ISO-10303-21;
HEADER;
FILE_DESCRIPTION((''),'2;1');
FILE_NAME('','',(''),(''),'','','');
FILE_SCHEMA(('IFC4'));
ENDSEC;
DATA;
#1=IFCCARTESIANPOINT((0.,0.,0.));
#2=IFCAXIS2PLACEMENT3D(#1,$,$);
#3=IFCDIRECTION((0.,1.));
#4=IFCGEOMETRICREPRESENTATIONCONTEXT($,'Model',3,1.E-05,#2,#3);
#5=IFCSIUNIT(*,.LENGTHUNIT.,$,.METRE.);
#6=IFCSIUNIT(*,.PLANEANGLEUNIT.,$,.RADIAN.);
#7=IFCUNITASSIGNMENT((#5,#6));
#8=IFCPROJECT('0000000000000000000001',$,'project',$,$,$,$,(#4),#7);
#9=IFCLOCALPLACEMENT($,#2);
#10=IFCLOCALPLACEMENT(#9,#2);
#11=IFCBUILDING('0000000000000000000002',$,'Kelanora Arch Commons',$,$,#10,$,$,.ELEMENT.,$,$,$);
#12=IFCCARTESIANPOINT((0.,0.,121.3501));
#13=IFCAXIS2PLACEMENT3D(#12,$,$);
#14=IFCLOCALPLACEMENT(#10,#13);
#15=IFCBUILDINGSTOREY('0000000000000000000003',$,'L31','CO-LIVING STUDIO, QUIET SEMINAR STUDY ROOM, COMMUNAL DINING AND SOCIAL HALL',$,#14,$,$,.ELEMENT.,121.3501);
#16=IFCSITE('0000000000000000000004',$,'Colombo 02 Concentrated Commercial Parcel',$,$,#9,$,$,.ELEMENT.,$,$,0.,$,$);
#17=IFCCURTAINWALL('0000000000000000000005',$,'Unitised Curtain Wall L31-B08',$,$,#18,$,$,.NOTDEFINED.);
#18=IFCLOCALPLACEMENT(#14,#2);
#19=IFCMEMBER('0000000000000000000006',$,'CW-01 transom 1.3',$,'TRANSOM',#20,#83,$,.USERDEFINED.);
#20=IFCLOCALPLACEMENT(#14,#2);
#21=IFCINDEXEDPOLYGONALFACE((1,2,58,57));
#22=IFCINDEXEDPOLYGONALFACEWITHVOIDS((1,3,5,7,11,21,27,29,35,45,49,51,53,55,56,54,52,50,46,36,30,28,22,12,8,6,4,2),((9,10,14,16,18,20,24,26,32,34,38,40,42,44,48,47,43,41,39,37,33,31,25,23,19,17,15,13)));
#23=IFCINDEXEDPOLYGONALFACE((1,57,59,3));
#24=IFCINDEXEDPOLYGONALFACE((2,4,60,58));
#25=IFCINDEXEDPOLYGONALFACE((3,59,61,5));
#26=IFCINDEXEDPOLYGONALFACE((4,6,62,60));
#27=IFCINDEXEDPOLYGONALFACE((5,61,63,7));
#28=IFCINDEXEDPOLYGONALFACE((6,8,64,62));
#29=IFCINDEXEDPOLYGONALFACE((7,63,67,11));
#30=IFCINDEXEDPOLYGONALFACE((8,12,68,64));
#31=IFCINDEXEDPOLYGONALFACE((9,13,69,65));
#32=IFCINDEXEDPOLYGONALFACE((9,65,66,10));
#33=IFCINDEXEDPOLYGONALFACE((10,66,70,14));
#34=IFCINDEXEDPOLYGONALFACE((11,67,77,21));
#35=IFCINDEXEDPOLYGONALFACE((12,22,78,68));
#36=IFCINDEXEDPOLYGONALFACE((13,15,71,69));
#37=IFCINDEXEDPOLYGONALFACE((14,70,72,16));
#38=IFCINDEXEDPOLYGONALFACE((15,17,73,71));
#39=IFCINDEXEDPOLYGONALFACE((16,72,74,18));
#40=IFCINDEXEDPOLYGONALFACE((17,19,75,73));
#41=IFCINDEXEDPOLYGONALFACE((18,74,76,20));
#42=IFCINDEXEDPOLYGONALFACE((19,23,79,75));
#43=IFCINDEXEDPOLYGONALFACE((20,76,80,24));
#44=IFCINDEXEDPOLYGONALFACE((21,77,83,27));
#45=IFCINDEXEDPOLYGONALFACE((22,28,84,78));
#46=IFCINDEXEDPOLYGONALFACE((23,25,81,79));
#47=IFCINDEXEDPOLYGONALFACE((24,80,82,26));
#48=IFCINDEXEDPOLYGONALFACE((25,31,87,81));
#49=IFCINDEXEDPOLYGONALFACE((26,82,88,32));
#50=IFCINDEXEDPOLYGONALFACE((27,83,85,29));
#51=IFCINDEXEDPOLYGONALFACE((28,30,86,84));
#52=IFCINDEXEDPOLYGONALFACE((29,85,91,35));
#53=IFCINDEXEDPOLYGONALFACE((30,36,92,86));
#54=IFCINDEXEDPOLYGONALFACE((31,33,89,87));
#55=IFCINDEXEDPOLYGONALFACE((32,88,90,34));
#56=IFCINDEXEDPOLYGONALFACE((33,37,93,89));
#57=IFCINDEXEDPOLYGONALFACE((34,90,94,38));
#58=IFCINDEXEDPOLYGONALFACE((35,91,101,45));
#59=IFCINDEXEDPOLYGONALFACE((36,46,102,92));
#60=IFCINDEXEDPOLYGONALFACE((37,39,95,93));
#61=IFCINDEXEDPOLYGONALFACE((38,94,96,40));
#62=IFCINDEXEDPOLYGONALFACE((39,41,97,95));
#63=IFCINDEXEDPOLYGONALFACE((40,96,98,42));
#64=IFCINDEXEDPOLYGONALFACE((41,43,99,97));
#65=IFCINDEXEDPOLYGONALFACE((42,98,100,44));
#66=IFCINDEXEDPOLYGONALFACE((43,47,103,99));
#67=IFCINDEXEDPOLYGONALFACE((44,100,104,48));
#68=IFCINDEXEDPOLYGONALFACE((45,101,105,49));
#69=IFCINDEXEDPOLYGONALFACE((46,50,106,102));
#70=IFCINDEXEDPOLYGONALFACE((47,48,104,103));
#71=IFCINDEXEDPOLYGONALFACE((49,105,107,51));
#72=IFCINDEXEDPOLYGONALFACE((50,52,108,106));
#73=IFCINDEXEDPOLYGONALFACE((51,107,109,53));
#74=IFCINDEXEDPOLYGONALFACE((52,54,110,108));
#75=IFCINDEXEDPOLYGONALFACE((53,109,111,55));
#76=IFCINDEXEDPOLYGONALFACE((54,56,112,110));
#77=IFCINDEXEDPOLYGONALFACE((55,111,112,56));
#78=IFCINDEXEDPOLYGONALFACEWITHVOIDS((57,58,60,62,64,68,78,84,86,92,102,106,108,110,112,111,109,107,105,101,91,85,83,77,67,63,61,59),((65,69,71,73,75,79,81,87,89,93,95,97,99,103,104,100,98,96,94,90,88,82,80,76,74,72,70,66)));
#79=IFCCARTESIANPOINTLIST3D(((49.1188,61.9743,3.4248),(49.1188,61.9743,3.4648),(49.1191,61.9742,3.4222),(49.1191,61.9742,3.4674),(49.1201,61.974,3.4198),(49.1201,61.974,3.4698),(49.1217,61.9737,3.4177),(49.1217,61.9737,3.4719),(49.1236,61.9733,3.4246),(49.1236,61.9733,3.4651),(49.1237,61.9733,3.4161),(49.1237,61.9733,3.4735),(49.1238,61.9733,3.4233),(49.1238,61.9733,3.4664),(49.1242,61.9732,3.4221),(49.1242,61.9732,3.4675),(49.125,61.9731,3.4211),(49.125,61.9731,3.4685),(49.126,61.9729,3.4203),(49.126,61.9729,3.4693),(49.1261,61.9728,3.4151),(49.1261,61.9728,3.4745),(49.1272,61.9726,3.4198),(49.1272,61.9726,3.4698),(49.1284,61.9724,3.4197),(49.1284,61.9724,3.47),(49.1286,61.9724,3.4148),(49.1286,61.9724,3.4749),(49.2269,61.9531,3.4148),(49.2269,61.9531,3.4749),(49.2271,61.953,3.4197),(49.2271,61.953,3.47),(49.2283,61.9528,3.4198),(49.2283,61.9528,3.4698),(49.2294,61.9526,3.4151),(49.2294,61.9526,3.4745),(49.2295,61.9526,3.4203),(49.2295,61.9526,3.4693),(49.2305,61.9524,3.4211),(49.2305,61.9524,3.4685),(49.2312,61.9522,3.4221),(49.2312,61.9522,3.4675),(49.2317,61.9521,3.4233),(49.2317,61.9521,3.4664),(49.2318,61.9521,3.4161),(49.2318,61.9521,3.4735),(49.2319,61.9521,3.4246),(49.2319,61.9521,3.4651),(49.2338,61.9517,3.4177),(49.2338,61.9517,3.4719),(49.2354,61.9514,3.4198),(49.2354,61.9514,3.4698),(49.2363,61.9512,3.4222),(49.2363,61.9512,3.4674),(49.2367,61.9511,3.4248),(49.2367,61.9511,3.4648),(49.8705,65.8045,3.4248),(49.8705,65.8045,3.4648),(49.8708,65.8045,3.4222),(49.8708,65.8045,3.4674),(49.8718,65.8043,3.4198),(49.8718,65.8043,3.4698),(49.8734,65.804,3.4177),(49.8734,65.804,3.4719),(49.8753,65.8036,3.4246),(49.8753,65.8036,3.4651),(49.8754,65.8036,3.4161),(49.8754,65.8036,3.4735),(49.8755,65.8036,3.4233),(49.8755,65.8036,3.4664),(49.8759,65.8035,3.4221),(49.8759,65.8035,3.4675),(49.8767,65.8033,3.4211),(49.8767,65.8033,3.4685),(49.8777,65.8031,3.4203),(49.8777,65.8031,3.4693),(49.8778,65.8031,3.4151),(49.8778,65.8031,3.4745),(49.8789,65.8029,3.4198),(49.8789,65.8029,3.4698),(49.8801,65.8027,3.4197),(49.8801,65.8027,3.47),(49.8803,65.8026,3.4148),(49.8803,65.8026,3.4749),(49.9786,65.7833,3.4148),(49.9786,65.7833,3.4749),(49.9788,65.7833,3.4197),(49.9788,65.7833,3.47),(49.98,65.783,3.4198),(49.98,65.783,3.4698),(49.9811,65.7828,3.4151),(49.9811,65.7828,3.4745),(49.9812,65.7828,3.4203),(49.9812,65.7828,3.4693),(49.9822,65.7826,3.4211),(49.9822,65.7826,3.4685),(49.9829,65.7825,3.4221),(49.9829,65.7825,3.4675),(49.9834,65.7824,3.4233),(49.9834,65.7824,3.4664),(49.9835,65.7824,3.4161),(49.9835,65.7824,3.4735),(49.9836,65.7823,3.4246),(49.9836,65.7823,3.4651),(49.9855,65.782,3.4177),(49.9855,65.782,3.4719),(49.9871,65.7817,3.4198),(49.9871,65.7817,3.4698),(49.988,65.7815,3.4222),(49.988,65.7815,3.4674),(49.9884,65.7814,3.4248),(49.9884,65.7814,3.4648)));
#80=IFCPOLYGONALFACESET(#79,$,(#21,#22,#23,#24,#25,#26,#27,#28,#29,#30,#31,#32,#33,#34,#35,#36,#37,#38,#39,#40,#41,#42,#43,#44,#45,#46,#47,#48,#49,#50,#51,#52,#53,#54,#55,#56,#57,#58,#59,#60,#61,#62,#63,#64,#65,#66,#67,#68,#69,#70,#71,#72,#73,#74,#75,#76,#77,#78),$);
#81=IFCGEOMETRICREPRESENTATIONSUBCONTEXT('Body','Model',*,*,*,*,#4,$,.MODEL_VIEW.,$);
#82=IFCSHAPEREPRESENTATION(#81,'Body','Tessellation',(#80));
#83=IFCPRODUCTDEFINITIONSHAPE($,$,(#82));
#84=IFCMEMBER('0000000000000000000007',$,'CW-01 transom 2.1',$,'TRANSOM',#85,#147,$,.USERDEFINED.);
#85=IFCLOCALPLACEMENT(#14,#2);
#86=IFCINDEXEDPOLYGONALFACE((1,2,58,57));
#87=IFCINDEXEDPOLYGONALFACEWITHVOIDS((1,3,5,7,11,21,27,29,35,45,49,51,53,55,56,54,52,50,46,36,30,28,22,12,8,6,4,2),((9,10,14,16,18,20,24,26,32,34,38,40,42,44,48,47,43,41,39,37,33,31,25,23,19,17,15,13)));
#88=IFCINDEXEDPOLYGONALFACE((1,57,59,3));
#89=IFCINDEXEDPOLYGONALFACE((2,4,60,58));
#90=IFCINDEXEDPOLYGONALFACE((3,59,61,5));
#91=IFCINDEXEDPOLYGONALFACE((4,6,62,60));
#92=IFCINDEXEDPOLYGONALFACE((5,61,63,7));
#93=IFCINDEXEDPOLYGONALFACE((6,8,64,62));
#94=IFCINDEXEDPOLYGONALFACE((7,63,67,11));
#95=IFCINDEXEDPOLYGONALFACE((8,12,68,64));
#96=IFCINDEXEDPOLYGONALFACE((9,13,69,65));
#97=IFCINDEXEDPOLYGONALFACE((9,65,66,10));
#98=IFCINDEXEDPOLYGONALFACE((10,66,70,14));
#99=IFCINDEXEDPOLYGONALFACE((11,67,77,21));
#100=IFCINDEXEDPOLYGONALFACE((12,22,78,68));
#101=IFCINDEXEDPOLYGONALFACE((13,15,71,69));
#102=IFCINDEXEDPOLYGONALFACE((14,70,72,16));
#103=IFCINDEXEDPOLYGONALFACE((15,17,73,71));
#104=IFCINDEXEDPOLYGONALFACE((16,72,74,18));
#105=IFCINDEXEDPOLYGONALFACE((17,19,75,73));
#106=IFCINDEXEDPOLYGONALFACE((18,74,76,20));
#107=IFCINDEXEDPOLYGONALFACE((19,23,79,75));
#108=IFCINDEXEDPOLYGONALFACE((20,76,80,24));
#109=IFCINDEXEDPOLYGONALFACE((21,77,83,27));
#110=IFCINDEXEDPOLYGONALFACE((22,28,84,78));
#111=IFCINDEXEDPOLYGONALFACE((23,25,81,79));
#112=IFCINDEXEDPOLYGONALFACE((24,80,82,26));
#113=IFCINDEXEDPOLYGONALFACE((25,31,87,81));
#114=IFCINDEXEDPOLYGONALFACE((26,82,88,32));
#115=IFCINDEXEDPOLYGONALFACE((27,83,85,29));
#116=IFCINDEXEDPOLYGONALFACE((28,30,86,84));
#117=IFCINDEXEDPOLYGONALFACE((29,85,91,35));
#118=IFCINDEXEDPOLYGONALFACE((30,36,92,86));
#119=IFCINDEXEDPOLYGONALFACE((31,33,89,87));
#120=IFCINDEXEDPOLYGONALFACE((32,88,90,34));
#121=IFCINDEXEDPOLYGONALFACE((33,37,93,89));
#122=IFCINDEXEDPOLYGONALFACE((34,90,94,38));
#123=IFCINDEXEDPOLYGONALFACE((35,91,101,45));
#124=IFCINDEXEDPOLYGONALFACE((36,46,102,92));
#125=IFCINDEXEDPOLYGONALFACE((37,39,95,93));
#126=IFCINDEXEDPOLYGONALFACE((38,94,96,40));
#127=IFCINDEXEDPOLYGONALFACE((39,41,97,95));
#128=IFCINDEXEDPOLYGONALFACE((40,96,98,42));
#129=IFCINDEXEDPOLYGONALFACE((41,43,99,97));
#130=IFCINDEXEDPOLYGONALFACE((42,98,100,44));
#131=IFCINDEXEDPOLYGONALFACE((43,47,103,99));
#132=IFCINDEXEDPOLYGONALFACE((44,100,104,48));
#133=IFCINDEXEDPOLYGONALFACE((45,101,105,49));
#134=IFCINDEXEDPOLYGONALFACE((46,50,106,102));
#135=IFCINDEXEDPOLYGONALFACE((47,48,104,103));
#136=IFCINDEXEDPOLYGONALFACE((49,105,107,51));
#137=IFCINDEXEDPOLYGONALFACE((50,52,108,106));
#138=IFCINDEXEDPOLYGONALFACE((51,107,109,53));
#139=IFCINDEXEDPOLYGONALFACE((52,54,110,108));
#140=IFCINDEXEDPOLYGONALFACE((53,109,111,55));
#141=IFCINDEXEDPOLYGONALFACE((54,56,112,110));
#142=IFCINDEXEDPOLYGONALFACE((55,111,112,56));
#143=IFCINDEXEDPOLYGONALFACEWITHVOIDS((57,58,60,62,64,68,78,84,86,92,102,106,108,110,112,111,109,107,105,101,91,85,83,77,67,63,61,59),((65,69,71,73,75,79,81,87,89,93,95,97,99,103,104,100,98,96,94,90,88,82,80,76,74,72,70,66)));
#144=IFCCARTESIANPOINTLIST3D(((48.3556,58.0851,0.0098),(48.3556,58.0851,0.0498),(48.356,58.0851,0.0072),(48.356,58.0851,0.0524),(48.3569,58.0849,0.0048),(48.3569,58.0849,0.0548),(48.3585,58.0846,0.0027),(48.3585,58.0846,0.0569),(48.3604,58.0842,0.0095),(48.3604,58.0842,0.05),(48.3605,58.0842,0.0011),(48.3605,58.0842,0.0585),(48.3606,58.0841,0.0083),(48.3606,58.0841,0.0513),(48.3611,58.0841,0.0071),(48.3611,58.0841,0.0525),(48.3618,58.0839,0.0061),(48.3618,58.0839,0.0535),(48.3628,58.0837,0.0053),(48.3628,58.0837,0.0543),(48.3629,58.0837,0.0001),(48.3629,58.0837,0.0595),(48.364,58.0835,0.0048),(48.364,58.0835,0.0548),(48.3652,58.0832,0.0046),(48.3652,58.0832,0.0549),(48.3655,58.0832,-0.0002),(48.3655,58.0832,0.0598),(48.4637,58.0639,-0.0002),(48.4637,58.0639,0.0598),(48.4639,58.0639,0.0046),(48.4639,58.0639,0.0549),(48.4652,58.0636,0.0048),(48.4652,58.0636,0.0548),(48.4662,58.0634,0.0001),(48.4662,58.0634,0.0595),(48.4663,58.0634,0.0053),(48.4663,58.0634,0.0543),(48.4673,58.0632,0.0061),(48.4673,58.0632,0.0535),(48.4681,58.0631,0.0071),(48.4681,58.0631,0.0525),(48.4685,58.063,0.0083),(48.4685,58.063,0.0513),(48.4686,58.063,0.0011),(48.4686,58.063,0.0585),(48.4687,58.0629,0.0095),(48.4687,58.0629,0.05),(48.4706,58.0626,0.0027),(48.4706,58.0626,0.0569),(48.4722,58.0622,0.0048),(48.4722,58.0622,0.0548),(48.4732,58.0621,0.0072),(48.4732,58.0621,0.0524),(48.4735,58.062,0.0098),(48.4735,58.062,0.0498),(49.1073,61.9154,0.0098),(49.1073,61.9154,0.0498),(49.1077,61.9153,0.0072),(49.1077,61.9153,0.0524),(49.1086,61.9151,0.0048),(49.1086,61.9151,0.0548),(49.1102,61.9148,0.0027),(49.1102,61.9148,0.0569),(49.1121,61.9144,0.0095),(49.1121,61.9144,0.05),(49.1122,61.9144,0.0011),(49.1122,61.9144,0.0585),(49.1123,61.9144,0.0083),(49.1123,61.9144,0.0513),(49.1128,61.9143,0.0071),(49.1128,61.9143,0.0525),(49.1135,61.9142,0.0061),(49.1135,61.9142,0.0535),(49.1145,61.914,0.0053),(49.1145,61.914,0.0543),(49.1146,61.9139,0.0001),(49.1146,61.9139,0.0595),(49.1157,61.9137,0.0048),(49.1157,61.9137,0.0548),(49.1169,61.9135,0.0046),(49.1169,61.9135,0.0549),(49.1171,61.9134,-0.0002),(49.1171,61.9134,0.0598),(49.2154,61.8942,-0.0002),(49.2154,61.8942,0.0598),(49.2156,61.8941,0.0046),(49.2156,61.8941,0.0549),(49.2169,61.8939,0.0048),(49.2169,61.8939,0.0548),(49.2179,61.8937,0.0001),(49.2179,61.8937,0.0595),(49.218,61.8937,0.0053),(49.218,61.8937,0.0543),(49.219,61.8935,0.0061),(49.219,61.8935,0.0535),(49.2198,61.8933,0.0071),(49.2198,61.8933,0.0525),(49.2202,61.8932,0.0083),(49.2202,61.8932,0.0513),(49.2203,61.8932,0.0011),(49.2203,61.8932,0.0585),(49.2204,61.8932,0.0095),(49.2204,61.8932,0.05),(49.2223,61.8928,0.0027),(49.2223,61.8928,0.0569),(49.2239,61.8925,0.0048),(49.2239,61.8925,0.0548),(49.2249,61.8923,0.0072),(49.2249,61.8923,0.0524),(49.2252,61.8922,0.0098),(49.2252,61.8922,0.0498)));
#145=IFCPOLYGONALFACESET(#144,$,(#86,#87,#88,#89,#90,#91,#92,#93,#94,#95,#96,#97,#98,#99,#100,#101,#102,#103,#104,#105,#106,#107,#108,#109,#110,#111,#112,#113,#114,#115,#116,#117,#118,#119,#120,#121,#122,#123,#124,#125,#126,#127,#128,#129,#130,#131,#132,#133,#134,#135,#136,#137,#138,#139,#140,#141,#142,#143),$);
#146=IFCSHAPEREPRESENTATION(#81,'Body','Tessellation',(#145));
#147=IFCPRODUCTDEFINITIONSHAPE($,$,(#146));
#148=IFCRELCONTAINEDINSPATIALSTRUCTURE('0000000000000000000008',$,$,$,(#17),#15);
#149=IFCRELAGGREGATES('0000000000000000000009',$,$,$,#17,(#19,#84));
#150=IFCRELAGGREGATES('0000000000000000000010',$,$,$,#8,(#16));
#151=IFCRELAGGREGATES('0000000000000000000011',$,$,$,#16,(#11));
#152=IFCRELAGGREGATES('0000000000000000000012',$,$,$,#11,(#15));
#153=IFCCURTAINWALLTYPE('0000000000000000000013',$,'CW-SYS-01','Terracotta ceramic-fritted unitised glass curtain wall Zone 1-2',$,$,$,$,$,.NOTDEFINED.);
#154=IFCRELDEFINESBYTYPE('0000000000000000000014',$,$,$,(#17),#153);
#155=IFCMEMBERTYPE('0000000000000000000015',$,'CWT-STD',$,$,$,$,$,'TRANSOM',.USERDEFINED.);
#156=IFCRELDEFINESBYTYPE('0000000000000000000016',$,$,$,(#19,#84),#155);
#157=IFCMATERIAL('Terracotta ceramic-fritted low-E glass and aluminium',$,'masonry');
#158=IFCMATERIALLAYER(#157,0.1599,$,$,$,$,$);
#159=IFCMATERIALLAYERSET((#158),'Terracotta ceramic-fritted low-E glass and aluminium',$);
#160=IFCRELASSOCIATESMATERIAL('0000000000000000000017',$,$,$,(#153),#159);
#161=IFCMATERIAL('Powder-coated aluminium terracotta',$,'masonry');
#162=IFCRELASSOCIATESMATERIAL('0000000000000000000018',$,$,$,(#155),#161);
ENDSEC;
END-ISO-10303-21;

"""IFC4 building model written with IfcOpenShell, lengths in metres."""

from ifc_helpers import new_model, si_unit, direction, frame, origin, origin_2d, place, context, subcontext, project, spatial, hollow_rectangle, extrude, material, layer, layer_set, material_profile, profile_set, type_object, element, aggregate, save


model = new_model("IFC4")

# Units and contexts
model_context = context("Model", 3, precision=1e-05, world=origin(), true_north=direction((0.0, 1.0)))
body_context = subcontext(model_context, "Body", "Model", "MODEL_VIEW")
ifc_project = project(units=[si_unit("LENGTHUNIT", "METRE"), si_unit("PLANEANGLEUNIT", "RADIAN")], contexts=[model_context])

# Site, building, storey
site_placement = place(None, origin())
site = spatial("IfcSite", under=ifc_project, at=site_placement, Name="Colombo 02 Concentrated Commercial Parcel", CompositionType="ELEMENT", RefElevation=0.0)
building_placement = place(site_placement, origin())
building = spatial("IfcBuilding", under=site, at=building_placement, Name="Kelanora Arch Commons", CompositionType="ELEMENT")
storey_placement = place(building_placement, frame((0.0, 0.0, 121.3501)))
storey = spatial("IfcBuildingStorey", under=building, at=storey_placement, Name="L31", Description="CO-LIVING STUDIO, QUIET SEMINAR STUDY ROOM, COMMUNAL DINING AND SOCIAL HALL", CompositionType="ELEMENT", Elevation=121.3501)

# Curtain wall, members
ifc_material_1 = material(Name="Terracotta ceramic-fritted low-E glass and aluminium", Category="masonry")
ifc_layer_1 = layer(ifc_material_1, 0.1599)
ifc_layer_set_1 = layer_set([ifc_layer_1], Name="Terracotta ceramic-fritted low-E glass and aluminium")
curtain_wall_type = type_object("IfcCurtainWallType", Name="CW-SYS-01", Description="Terracotta ceramic-fritted unitised glass curtain wall Zone 1-2", PredefinedType="NOTDEFINED", material=ifc_layer_set_1)
curtain_wall_placement = place(storey_placement, origin())
curtain_wall = element("IfcCurtainWall", 1, at=curtain_wall_placement, inside=storey, type_object=curtain_wall_type, Name="Unitised Curtain Wall L31-B08", PredefinedType="NOTDEFINED")
ifc_material_2 = material(Name="Powder-coated aluminium terracotta", Category="masonry")
ifc_material_profile_1 = material_profile(ifc_material_2, hollow_rectangle(XDim=0.1201, YDim=0.0601, WallThickness=0.0049, InnerFilletRadius=0.0049, OuterFilletRadius=0.01, at=origin_2d()), Name="CWT120x60")
ifc_profile_set_1 = profile_set([ifc_material_profile_1], Name="Powder-coated aluminium terracotta")
member_type_1 = type_object("IfcMemberType", Name="CWT-STD", ElementType="TRANSOM", PredefinedType="USERDEFINED", material=ifc_profile_set_1)
member_1_placement = place(storey_placement, frame((49.9294, 65.793, 3.4448), z_axis=(-0.192579, -0.981282, 0.0), x_axis=(0.981282, -0.192579, 0.0)))
member_1 = element("IfcMember", 2, at=member_1_placement, type_object=member_type_1, Name="CW-01 transom 1.3", ObjectType="TRANSOM", PredefinedType="USERDEFINED", context=body_context, shape_type="SweptSolid", body=[
    extrude(hollow_rectangle(XDim=0.1201, YDim=0.0601, WallThickness=0.0049, InnerFilletRadius=0.0049, OuterFilletRadius=0.01, at=origin_2d()), origin(), (0.0, 0.0, 1.0), 3.9033),
])
member_2_placement = place(storey_placement, frame((49.1663, 61.9038, 0.0298), z_axis=(-0.192579, -0.981282, 0.0), x_axis=(0.981282, -0.192579, 0.0)))
member_2 = element("IfcMember", 3, at=member_2_placement, type_object=member_type_1, Name="CW-01 transom 2.1", ObjectType="TRANSOM", PredefinedType="USERDEFINED", context=body_context, shape_type="SweptSolid", body=[
    extrude(hollow_rectangle(XDim=0.1201, YDim=0.0601, WallThickness=0.0049, InnerFilletRadius=0.0049, OuterFilletRadius=0.01, at=origin_2d()), origin(), (0.0, 0.0, 1.0), 3.9033),
])
aggregate(curtain_wall, [member_1, member_2])

save(model, "model.ifc")
